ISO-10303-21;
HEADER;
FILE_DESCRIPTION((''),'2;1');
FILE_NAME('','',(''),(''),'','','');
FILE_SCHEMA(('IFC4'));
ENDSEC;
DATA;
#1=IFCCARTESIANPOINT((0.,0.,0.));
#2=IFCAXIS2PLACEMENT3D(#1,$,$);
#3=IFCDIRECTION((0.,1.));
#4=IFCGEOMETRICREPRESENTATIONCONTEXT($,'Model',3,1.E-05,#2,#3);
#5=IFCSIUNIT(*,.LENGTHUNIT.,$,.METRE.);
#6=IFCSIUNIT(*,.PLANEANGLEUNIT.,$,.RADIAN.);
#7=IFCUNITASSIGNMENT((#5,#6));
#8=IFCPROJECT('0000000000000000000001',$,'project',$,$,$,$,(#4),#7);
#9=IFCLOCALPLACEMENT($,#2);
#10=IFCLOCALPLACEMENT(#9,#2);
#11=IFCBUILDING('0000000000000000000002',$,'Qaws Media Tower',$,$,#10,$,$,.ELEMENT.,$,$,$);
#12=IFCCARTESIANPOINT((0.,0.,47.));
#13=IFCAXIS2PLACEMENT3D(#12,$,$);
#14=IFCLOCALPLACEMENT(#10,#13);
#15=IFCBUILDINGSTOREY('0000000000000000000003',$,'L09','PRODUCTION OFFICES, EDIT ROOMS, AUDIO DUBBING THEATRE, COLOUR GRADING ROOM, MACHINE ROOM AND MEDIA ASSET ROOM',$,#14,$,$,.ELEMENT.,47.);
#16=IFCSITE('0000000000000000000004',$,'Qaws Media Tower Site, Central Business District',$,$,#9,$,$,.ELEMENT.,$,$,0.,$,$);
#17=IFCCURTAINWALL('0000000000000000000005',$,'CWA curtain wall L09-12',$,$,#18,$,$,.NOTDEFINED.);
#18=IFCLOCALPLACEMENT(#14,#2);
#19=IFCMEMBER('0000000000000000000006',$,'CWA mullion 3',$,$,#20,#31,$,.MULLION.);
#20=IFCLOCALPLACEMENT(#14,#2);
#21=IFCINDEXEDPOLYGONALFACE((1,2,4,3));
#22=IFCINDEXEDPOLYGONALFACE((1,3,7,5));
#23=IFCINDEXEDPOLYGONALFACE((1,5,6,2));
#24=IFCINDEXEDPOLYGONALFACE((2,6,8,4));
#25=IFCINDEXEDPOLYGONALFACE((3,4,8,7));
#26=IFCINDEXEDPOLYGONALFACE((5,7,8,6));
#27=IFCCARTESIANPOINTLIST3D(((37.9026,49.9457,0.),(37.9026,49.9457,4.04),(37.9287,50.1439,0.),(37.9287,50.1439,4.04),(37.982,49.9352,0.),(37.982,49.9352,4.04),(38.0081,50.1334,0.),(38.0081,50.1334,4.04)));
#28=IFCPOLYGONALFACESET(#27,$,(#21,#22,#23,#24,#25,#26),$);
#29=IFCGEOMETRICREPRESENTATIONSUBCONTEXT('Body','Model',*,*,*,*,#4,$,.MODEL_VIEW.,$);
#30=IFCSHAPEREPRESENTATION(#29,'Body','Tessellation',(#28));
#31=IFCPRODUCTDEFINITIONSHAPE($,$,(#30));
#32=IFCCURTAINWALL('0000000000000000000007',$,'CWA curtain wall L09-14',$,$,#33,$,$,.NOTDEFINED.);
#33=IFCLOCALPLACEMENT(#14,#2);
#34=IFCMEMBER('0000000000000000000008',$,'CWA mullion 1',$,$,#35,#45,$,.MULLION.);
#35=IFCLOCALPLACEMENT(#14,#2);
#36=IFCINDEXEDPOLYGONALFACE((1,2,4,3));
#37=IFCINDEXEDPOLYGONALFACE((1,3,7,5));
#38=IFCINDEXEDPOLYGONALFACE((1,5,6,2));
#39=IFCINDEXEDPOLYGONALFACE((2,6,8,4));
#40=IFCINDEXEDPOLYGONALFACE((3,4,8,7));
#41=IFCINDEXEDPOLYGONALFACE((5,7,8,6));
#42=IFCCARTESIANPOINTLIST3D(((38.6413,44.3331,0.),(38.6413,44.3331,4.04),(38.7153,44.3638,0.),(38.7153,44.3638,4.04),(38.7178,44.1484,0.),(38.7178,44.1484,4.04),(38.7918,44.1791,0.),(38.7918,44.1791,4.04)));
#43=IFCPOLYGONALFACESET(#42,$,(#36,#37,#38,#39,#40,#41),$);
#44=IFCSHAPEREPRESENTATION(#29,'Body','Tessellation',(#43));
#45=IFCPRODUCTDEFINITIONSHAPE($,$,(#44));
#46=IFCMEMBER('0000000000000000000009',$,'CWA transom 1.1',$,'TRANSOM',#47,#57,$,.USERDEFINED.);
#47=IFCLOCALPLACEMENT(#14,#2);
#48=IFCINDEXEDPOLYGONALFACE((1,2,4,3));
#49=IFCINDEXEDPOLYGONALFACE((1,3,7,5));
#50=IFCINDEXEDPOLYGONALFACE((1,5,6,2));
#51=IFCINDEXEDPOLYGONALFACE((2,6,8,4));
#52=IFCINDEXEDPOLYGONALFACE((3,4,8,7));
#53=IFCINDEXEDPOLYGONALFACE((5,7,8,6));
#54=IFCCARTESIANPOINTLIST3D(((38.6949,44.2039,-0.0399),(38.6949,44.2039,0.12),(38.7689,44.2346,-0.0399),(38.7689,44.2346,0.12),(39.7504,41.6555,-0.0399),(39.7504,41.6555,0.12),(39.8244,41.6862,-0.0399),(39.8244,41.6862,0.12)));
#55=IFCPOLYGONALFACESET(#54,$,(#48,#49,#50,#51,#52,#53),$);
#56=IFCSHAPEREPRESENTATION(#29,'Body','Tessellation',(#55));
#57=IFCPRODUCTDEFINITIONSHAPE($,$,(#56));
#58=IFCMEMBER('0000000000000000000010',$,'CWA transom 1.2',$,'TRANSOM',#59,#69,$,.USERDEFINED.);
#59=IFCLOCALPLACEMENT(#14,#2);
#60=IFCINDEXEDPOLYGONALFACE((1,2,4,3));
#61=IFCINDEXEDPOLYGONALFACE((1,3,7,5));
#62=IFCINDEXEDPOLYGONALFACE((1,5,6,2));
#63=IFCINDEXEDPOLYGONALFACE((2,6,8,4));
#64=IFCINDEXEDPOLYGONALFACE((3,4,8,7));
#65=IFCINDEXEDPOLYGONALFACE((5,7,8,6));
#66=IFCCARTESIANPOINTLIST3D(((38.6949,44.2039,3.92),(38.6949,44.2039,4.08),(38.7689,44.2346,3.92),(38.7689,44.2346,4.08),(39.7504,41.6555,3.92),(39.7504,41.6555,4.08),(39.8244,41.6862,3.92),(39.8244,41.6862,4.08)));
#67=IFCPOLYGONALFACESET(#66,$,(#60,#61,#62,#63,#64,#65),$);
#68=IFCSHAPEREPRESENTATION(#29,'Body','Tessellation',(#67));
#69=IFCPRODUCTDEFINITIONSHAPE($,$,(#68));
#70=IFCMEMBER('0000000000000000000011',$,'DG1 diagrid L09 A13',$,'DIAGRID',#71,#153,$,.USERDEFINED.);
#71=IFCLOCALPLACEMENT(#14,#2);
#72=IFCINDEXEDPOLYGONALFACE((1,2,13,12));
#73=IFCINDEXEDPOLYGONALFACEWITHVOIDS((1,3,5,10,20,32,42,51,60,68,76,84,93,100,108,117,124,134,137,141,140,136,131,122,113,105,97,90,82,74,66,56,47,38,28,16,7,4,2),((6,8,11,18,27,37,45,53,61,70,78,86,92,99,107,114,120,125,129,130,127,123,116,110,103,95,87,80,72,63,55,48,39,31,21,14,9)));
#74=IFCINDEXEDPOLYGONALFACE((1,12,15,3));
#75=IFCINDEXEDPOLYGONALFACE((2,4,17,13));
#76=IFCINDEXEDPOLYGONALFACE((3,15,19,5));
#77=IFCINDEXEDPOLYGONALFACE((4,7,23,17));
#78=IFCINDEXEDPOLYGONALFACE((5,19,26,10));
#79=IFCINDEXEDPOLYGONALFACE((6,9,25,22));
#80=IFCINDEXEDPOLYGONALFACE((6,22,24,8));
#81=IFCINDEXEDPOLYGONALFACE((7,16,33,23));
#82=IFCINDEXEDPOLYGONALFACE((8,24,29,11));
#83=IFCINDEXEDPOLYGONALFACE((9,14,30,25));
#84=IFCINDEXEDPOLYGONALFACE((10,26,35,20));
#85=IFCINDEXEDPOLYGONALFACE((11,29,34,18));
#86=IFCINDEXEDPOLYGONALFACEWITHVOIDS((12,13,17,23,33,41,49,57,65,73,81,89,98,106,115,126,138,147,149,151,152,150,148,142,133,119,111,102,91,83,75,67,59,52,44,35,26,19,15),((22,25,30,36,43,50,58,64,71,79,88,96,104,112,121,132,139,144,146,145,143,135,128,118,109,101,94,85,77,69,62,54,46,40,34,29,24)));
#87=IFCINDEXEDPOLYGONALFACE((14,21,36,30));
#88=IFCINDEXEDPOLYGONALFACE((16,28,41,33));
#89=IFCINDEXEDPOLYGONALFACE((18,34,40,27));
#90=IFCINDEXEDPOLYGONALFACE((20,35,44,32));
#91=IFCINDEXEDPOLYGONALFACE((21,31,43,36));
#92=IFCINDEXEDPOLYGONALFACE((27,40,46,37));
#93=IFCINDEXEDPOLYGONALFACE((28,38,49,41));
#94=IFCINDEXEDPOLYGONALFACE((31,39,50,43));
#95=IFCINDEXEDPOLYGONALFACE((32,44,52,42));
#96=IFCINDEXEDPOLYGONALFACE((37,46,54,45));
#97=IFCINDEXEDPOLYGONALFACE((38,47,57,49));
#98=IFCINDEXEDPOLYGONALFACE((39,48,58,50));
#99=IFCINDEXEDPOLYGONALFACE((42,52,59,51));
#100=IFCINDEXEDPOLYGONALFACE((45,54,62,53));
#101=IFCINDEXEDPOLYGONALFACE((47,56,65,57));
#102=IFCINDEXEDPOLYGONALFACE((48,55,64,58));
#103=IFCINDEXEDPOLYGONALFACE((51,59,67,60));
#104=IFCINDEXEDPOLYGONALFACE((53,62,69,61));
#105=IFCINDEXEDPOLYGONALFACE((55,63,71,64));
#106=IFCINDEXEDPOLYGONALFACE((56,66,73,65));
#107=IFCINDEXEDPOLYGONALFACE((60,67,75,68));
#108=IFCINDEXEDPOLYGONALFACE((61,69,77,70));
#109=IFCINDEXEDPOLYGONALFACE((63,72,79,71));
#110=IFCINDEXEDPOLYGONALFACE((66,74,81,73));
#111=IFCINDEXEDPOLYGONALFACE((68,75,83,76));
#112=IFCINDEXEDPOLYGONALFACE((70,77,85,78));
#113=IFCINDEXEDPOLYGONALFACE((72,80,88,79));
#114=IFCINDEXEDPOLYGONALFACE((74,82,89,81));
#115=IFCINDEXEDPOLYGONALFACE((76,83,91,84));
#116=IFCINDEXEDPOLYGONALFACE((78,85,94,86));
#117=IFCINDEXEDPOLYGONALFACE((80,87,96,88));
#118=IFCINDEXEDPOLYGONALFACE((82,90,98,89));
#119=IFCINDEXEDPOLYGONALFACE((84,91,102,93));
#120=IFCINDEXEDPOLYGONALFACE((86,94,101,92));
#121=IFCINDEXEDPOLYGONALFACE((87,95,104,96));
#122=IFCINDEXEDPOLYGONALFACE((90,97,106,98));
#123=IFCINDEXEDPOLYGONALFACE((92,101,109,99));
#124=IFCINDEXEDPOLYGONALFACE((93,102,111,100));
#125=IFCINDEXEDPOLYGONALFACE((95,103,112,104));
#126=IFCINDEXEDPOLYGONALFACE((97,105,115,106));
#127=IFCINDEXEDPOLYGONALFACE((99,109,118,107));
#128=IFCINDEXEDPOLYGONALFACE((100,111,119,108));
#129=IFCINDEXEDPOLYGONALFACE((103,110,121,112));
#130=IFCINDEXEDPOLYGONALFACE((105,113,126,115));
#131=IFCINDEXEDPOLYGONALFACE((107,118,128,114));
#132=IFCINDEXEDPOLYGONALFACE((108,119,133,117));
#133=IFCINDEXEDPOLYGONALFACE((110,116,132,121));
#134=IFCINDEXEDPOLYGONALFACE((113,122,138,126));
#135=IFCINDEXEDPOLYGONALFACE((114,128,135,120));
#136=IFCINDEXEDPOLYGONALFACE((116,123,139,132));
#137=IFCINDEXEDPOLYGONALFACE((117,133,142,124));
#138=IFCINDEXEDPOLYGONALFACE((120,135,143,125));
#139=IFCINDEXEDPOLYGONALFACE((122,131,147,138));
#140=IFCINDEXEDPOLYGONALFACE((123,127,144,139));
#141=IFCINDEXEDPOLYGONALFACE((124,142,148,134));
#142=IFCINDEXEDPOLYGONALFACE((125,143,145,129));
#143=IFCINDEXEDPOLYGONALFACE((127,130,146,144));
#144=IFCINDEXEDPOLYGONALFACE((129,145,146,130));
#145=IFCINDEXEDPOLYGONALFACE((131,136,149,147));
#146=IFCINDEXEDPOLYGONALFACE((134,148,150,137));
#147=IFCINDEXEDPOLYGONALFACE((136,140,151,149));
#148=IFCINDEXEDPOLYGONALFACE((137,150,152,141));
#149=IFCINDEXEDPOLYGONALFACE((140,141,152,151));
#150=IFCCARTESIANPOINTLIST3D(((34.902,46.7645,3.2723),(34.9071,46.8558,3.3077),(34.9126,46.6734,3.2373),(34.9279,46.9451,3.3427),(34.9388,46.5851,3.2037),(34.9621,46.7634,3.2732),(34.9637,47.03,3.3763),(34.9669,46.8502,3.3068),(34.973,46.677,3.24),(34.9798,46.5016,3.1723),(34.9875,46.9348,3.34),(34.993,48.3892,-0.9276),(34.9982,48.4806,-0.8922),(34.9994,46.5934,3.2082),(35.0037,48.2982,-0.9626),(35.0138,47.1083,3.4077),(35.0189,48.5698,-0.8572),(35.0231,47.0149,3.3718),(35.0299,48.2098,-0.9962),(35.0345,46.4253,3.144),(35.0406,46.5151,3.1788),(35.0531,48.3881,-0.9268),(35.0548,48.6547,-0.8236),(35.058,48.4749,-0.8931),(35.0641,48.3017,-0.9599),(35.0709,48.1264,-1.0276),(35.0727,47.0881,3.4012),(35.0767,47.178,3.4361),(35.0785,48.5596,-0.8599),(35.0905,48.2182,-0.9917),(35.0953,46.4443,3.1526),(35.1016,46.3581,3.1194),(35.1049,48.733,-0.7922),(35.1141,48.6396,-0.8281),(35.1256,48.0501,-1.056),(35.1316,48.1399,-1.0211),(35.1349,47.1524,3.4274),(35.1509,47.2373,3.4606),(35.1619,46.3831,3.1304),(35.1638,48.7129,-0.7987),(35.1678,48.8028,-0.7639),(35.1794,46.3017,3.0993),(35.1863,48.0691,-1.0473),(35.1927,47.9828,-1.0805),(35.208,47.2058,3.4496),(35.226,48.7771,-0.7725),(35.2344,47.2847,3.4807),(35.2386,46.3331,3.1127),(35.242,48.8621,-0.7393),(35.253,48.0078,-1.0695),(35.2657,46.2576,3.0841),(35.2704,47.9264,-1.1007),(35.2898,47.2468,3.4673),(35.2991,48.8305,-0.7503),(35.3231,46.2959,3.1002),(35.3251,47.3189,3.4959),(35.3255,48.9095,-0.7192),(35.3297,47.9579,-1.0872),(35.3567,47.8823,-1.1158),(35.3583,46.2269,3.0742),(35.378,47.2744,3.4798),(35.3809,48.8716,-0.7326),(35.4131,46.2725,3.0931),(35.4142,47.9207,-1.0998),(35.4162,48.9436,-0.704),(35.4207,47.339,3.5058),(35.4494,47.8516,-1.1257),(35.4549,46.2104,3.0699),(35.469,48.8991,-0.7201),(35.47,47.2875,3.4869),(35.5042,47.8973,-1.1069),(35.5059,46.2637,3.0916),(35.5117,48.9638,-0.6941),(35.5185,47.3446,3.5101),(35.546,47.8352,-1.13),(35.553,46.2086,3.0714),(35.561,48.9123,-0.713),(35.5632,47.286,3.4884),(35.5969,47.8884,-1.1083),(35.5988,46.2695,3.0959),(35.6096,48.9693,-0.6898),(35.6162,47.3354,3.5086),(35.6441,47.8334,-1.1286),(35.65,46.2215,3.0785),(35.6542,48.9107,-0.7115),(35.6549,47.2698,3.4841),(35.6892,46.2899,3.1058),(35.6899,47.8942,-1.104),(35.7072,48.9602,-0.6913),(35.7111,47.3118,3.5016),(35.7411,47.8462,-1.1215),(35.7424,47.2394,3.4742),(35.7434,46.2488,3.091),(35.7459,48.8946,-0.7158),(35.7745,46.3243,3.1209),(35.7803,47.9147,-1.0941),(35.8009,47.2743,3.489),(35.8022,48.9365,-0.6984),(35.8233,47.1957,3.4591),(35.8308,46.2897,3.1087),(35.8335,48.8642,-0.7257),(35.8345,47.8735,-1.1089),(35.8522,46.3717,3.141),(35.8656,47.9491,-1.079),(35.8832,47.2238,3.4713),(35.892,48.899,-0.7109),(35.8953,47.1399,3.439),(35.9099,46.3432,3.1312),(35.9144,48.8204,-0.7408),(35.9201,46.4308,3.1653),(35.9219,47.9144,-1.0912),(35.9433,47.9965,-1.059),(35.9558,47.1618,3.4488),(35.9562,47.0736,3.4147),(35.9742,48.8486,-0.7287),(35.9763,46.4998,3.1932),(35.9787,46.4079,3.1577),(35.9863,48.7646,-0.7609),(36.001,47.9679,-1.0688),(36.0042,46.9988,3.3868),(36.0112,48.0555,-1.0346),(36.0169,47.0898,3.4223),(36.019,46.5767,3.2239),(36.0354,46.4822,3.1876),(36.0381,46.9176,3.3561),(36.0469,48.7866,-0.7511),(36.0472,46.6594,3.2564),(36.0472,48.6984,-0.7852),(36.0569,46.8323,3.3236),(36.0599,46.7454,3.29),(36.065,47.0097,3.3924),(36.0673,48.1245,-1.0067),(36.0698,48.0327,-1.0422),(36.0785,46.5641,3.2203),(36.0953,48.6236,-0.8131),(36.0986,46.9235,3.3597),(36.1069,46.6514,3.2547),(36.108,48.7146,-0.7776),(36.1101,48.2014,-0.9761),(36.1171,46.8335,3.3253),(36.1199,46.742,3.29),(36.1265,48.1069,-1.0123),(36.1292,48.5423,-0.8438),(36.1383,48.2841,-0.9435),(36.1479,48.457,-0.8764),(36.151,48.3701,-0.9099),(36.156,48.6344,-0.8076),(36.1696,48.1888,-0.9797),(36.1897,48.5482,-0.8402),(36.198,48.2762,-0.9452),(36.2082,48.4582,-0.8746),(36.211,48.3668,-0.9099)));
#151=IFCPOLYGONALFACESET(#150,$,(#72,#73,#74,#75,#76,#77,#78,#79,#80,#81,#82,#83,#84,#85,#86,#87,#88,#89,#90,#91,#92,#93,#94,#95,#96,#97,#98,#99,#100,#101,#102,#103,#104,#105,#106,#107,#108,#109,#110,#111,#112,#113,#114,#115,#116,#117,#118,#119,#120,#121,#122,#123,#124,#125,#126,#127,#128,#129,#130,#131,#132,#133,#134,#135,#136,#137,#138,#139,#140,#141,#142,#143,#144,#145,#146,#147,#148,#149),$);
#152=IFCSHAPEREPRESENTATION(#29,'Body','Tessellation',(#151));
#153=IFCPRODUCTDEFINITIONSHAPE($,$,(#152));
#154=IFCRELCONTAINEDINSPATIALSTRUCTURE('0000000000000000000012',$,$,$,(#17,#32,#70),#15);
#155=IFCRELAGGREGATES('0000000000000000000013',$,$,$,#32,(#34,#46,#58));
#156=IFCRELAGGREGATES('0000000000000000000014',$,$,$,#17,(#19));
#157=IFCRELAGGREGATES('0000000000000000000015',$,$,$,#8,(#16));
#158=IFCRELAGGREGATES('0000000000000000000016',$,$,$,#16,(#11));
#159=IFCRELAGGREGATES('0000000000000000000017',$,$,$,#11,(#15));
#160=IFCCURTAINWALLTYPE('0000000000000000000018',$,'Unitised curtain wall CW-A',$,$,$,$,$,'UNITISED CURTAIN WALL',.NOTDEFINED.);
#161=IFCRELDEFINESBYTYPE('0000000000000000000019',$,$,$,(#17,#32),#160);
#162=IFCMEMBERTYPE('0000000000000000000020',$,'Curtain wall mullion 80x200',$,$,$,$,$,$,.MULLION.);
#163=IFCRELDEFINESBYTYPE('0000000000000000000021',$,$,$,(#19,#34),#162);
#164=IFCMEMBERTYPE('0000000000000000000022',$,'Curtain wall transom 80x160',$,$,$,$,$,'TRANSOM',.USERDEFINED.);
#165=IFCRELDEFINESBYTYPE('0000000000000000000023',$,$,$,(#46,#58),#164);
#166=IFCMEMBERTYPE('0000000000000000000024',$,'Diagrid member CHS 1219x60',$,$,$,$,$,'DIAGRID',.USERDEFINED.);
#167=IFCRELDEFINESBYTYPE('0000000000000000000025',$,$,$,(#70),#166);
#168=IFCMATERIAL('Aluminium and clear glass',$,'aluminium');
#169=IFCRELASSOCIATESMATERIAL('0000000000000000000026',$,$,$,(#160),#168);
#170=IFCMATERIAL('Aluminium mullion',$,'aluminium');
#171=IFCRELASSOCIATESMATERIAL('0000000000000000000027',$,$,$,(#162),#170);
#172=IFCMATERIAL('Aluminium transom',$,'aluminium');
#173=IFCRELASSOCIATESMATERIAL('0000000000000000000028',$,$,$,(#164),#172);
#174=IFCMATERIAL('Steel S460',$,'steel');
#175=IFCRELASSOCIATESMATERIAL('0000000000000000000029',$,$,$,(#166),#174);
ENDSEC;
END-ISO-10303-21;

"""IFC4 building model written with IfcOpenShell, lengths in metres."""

from ifc_helpers import new_model, si_unit, direction, frame, origin, origin_2d, place, context, subcontext, project, spatial, rectangle, hollow_circle, extrude, material, material_profile, profile_set, type_object, element, aggregate, save


model = new_model("IFC4")

# Units and contexts
model_context = context("Model", 3, precision=1e-05, world=origin(), true_north=direction((0.0, 1.0)))
body_context = subcontext(model_context, "Body", "Model", "MODEL_VIEW")
ifc_project = project(units=[si_unit("LENGTHUNIT", "METRE"), si_unit("PLANEANGLEUNIT", "RADIAN")], contexts=[model_context])

# Site, building, storey
site_placement = place(None, origin())
site = spatial("IfcSite", under=ifc_project, at=site_placement, Name="Qaws Media Tower Site, Central Business District", CompositionType="ELEMENT", RefElevation=0.0)
building_placement = place(site_placement, origin())
building = spatial("IfcBuilding", under=site, at=building_placement, Name="Qaws Media Tower", CompositionType="ELEMENT")
storey_placement = place(building_placement, frame((0.0, 0.0, 47.0)))
storey = spatial("IfcBuildingStorey", under=building, at=storey_placement, Name="L09", Description="PRODUCTION OFFICES, EDIT ROOMS, AUDIO DUBBING THEATRE, COLOUR GRADING ROOM, MACHINE ROOM AND MEDIA ASSET ROOM", CompositionType="ELEMENT", Elevation=47.0)

# Curtain wall, member
ifc_material_1 = material(Name="Aluminium and clear glass", Category="aluminium")
curtain_wall_type = type_object("IfcCurtainWallType", Name="Unitised curtain wall CW-A", ElementType="UNITISED CURTAIN WALL", PredefinedType="NOTDEFINED", material=ifc_material_1)
curtain_wall_1_placement = place(storey_placement, origin())
curtain_wall_1 = element("IfcCurtainWall", 1, at=curtain_wall_1_placement, inside=storey, type_object=curtain_wall_type, Name="CWA curtain wall L09-12", PredefinedType="NOTDEFINED")
ifc_material_2 = material(Name="Aluminium mullion", Category="aluminium")
ifc_material_profile_1 = material_profile(ifc_material_2, rectangle(XDim=0.0801, YDim=0.2, at=origin_2d()), Name="80x200")
ifc_profile_set_1 = profile_set([ifc_material_profile_1], Name="Aluminium mullion")
member_type_1 = type_object("IfcMemberType", Name="Curtain wall mullion 80x200", PredefinedType="MULLION", material=ifc_profile_set_1)
member_1_placement = place(storey_placement, frame((37.9553, 50.0396, 0.0), z_axis=(0.0, 0.0, 1.0), x_axis=(0.991445, -0.130526, 0.0)))
member_1 = element("IfcMember", 2, at=member_1_placement, type_object=member_type_1, Name="CWA mullion 3", PredefinedType="MULLION", context=body_context, shape_type="SweptSolid", body=[
    extrude(rectangle(XDim=0.0801, YDim=0.2, at=origin_2d()), origin(), (0.0, 0.0, 1.0), 4.04),
])

# Curtain wall, members
curtain_wall_2_placement = place(storey_placement, origin())
curtain_wall_2 = element("IfcCurtainWall", 3, at=curtain_wall_2_placement, inside=storey, type_object=curtain_wall_type, Name="CWA curtain wall L09-14", PredefinedType="NOTDEFINED")
member_2_placement = place(storey_placement, frame((38.7166, 44.2561, 0.0), z_axis=(0.0, 0.0, 1.0), x_axis=(0.92388, 0.382683, 0.0)))
member_2 = element("IfcMember", 4, at=member_2_placement, type_object=member_type_1, Name="CWA mullion 1", PredefinedType="MULLION", context=body_context, shape_type="SweptSolid", body=[
    extrude(rectangle(XDim=0.0801, YDim=0.2, at=origin_2d()), origin(), (0.0, 0.0, 1.0), 4.04),
])
ifc_material_3 = material(Name="Aluminium transom", Category="aluminium")
ifc_material_profile_2 = material_profile(ifc_material_3, rectangle(XDim=0.0801, YDim=0.1599, at=origin_2d()), Name="80x160")
ifc_profile_set_2 = profile_set([ifc_material_profile_2], Name="Aluminium transom")
member_type_2 = type_object("IfcMemberType", Name="Curtain wall transom 80x160", ElementType="TRANSOM", PredefinedType="USERDEFINED", material=ifc_profile_set_2)
member_3_placement = place(storey_placement, frame((38.7319, 44.2192, 0.04), z_axis=(0.382641, -0.923897, 0.0), x_axis=(0.923897, 0.382641, 0.0)))
member_3 = element("IfcMember", 5, at=member_3_placement, type_object=member_type_2, Name="CWA transom 1.1", ObjectType="TRANSOM", PredefinedType="USERDEFINED", context=body_context, shape_type="SweptSolid", body=[
    extrude(rectangle(XDim=0.0801, YDim=0.1599, at=origin_2d()), origin(), (0.0, 0.0, 1.0), 2.7583),
])
member_4_placement = place(storey_placement, frame((38.7319, 44.2192, 4.0), z_axis=(0.382641, -0.923897, 0.0), x_axis=(0.923897, 0.382641, 0.0)))
member_4 = element("IfcMember", 6, at=member_4_placement, type_object=member_type_2, Name="CWA transom 1.2", ObjectType="TRANSOM", PredefinedType="USERDEFINED", context=body_context, shape_type="SweptSolid", body=[
    extrude(rectangle(XDim=0.0801, YDim=0.1599, at=origin_2d()), origin(), (0.0, 0.0, 1.0), 2.7583),
])
aggregate(curtain_wall_2, [member_2, member_3, member_4])

# Member
ifc_material_4 = material(Name="Steel S460", Category="steel")
ifc_material_profile_3 = material_profile(ifc_material_4, hollow_circle(Radius=0.6096, WallThickness=0.0601, at=origin_2d()), Name="CHS 1219x60")
ifc_profile_set_3 = profile_set([ifc_material_profile_3], Name="Steel S460")
member_type_3 = type_object("IfcMemberType", Name="Diagrid member CHS 1219x60", ElementType="DIAGRID", PredefinedType="USERDEFINED", material=ifc_profile_set_3)
member_5_placement = place(storey_placement, frame((35.6023, 48.4009, -0.9099), z_axis=(-0.020218, -0.360721, 0.932455), x_axis=(0.998433, -0.05596, 0.0)))
element("IfcMember", 7, at=member_5_placement, inside=storey, type_object=member_type_3, Name="DG1 diagrid L09 A13", ObjectType="DIAGRID", PredefinedType="USERDEFINED", context=body_context, shape_type="SweptSolid", body=[
    extrude(hollow_circle(Radius=0.6096, WallThickness=0.0601, at=origin_2d()), origin(), (0.0, 0.0, 1.0), 4.5042),
])

aggregate(curtain_wall_1, [member_1])

save(model, "model.ifc")
